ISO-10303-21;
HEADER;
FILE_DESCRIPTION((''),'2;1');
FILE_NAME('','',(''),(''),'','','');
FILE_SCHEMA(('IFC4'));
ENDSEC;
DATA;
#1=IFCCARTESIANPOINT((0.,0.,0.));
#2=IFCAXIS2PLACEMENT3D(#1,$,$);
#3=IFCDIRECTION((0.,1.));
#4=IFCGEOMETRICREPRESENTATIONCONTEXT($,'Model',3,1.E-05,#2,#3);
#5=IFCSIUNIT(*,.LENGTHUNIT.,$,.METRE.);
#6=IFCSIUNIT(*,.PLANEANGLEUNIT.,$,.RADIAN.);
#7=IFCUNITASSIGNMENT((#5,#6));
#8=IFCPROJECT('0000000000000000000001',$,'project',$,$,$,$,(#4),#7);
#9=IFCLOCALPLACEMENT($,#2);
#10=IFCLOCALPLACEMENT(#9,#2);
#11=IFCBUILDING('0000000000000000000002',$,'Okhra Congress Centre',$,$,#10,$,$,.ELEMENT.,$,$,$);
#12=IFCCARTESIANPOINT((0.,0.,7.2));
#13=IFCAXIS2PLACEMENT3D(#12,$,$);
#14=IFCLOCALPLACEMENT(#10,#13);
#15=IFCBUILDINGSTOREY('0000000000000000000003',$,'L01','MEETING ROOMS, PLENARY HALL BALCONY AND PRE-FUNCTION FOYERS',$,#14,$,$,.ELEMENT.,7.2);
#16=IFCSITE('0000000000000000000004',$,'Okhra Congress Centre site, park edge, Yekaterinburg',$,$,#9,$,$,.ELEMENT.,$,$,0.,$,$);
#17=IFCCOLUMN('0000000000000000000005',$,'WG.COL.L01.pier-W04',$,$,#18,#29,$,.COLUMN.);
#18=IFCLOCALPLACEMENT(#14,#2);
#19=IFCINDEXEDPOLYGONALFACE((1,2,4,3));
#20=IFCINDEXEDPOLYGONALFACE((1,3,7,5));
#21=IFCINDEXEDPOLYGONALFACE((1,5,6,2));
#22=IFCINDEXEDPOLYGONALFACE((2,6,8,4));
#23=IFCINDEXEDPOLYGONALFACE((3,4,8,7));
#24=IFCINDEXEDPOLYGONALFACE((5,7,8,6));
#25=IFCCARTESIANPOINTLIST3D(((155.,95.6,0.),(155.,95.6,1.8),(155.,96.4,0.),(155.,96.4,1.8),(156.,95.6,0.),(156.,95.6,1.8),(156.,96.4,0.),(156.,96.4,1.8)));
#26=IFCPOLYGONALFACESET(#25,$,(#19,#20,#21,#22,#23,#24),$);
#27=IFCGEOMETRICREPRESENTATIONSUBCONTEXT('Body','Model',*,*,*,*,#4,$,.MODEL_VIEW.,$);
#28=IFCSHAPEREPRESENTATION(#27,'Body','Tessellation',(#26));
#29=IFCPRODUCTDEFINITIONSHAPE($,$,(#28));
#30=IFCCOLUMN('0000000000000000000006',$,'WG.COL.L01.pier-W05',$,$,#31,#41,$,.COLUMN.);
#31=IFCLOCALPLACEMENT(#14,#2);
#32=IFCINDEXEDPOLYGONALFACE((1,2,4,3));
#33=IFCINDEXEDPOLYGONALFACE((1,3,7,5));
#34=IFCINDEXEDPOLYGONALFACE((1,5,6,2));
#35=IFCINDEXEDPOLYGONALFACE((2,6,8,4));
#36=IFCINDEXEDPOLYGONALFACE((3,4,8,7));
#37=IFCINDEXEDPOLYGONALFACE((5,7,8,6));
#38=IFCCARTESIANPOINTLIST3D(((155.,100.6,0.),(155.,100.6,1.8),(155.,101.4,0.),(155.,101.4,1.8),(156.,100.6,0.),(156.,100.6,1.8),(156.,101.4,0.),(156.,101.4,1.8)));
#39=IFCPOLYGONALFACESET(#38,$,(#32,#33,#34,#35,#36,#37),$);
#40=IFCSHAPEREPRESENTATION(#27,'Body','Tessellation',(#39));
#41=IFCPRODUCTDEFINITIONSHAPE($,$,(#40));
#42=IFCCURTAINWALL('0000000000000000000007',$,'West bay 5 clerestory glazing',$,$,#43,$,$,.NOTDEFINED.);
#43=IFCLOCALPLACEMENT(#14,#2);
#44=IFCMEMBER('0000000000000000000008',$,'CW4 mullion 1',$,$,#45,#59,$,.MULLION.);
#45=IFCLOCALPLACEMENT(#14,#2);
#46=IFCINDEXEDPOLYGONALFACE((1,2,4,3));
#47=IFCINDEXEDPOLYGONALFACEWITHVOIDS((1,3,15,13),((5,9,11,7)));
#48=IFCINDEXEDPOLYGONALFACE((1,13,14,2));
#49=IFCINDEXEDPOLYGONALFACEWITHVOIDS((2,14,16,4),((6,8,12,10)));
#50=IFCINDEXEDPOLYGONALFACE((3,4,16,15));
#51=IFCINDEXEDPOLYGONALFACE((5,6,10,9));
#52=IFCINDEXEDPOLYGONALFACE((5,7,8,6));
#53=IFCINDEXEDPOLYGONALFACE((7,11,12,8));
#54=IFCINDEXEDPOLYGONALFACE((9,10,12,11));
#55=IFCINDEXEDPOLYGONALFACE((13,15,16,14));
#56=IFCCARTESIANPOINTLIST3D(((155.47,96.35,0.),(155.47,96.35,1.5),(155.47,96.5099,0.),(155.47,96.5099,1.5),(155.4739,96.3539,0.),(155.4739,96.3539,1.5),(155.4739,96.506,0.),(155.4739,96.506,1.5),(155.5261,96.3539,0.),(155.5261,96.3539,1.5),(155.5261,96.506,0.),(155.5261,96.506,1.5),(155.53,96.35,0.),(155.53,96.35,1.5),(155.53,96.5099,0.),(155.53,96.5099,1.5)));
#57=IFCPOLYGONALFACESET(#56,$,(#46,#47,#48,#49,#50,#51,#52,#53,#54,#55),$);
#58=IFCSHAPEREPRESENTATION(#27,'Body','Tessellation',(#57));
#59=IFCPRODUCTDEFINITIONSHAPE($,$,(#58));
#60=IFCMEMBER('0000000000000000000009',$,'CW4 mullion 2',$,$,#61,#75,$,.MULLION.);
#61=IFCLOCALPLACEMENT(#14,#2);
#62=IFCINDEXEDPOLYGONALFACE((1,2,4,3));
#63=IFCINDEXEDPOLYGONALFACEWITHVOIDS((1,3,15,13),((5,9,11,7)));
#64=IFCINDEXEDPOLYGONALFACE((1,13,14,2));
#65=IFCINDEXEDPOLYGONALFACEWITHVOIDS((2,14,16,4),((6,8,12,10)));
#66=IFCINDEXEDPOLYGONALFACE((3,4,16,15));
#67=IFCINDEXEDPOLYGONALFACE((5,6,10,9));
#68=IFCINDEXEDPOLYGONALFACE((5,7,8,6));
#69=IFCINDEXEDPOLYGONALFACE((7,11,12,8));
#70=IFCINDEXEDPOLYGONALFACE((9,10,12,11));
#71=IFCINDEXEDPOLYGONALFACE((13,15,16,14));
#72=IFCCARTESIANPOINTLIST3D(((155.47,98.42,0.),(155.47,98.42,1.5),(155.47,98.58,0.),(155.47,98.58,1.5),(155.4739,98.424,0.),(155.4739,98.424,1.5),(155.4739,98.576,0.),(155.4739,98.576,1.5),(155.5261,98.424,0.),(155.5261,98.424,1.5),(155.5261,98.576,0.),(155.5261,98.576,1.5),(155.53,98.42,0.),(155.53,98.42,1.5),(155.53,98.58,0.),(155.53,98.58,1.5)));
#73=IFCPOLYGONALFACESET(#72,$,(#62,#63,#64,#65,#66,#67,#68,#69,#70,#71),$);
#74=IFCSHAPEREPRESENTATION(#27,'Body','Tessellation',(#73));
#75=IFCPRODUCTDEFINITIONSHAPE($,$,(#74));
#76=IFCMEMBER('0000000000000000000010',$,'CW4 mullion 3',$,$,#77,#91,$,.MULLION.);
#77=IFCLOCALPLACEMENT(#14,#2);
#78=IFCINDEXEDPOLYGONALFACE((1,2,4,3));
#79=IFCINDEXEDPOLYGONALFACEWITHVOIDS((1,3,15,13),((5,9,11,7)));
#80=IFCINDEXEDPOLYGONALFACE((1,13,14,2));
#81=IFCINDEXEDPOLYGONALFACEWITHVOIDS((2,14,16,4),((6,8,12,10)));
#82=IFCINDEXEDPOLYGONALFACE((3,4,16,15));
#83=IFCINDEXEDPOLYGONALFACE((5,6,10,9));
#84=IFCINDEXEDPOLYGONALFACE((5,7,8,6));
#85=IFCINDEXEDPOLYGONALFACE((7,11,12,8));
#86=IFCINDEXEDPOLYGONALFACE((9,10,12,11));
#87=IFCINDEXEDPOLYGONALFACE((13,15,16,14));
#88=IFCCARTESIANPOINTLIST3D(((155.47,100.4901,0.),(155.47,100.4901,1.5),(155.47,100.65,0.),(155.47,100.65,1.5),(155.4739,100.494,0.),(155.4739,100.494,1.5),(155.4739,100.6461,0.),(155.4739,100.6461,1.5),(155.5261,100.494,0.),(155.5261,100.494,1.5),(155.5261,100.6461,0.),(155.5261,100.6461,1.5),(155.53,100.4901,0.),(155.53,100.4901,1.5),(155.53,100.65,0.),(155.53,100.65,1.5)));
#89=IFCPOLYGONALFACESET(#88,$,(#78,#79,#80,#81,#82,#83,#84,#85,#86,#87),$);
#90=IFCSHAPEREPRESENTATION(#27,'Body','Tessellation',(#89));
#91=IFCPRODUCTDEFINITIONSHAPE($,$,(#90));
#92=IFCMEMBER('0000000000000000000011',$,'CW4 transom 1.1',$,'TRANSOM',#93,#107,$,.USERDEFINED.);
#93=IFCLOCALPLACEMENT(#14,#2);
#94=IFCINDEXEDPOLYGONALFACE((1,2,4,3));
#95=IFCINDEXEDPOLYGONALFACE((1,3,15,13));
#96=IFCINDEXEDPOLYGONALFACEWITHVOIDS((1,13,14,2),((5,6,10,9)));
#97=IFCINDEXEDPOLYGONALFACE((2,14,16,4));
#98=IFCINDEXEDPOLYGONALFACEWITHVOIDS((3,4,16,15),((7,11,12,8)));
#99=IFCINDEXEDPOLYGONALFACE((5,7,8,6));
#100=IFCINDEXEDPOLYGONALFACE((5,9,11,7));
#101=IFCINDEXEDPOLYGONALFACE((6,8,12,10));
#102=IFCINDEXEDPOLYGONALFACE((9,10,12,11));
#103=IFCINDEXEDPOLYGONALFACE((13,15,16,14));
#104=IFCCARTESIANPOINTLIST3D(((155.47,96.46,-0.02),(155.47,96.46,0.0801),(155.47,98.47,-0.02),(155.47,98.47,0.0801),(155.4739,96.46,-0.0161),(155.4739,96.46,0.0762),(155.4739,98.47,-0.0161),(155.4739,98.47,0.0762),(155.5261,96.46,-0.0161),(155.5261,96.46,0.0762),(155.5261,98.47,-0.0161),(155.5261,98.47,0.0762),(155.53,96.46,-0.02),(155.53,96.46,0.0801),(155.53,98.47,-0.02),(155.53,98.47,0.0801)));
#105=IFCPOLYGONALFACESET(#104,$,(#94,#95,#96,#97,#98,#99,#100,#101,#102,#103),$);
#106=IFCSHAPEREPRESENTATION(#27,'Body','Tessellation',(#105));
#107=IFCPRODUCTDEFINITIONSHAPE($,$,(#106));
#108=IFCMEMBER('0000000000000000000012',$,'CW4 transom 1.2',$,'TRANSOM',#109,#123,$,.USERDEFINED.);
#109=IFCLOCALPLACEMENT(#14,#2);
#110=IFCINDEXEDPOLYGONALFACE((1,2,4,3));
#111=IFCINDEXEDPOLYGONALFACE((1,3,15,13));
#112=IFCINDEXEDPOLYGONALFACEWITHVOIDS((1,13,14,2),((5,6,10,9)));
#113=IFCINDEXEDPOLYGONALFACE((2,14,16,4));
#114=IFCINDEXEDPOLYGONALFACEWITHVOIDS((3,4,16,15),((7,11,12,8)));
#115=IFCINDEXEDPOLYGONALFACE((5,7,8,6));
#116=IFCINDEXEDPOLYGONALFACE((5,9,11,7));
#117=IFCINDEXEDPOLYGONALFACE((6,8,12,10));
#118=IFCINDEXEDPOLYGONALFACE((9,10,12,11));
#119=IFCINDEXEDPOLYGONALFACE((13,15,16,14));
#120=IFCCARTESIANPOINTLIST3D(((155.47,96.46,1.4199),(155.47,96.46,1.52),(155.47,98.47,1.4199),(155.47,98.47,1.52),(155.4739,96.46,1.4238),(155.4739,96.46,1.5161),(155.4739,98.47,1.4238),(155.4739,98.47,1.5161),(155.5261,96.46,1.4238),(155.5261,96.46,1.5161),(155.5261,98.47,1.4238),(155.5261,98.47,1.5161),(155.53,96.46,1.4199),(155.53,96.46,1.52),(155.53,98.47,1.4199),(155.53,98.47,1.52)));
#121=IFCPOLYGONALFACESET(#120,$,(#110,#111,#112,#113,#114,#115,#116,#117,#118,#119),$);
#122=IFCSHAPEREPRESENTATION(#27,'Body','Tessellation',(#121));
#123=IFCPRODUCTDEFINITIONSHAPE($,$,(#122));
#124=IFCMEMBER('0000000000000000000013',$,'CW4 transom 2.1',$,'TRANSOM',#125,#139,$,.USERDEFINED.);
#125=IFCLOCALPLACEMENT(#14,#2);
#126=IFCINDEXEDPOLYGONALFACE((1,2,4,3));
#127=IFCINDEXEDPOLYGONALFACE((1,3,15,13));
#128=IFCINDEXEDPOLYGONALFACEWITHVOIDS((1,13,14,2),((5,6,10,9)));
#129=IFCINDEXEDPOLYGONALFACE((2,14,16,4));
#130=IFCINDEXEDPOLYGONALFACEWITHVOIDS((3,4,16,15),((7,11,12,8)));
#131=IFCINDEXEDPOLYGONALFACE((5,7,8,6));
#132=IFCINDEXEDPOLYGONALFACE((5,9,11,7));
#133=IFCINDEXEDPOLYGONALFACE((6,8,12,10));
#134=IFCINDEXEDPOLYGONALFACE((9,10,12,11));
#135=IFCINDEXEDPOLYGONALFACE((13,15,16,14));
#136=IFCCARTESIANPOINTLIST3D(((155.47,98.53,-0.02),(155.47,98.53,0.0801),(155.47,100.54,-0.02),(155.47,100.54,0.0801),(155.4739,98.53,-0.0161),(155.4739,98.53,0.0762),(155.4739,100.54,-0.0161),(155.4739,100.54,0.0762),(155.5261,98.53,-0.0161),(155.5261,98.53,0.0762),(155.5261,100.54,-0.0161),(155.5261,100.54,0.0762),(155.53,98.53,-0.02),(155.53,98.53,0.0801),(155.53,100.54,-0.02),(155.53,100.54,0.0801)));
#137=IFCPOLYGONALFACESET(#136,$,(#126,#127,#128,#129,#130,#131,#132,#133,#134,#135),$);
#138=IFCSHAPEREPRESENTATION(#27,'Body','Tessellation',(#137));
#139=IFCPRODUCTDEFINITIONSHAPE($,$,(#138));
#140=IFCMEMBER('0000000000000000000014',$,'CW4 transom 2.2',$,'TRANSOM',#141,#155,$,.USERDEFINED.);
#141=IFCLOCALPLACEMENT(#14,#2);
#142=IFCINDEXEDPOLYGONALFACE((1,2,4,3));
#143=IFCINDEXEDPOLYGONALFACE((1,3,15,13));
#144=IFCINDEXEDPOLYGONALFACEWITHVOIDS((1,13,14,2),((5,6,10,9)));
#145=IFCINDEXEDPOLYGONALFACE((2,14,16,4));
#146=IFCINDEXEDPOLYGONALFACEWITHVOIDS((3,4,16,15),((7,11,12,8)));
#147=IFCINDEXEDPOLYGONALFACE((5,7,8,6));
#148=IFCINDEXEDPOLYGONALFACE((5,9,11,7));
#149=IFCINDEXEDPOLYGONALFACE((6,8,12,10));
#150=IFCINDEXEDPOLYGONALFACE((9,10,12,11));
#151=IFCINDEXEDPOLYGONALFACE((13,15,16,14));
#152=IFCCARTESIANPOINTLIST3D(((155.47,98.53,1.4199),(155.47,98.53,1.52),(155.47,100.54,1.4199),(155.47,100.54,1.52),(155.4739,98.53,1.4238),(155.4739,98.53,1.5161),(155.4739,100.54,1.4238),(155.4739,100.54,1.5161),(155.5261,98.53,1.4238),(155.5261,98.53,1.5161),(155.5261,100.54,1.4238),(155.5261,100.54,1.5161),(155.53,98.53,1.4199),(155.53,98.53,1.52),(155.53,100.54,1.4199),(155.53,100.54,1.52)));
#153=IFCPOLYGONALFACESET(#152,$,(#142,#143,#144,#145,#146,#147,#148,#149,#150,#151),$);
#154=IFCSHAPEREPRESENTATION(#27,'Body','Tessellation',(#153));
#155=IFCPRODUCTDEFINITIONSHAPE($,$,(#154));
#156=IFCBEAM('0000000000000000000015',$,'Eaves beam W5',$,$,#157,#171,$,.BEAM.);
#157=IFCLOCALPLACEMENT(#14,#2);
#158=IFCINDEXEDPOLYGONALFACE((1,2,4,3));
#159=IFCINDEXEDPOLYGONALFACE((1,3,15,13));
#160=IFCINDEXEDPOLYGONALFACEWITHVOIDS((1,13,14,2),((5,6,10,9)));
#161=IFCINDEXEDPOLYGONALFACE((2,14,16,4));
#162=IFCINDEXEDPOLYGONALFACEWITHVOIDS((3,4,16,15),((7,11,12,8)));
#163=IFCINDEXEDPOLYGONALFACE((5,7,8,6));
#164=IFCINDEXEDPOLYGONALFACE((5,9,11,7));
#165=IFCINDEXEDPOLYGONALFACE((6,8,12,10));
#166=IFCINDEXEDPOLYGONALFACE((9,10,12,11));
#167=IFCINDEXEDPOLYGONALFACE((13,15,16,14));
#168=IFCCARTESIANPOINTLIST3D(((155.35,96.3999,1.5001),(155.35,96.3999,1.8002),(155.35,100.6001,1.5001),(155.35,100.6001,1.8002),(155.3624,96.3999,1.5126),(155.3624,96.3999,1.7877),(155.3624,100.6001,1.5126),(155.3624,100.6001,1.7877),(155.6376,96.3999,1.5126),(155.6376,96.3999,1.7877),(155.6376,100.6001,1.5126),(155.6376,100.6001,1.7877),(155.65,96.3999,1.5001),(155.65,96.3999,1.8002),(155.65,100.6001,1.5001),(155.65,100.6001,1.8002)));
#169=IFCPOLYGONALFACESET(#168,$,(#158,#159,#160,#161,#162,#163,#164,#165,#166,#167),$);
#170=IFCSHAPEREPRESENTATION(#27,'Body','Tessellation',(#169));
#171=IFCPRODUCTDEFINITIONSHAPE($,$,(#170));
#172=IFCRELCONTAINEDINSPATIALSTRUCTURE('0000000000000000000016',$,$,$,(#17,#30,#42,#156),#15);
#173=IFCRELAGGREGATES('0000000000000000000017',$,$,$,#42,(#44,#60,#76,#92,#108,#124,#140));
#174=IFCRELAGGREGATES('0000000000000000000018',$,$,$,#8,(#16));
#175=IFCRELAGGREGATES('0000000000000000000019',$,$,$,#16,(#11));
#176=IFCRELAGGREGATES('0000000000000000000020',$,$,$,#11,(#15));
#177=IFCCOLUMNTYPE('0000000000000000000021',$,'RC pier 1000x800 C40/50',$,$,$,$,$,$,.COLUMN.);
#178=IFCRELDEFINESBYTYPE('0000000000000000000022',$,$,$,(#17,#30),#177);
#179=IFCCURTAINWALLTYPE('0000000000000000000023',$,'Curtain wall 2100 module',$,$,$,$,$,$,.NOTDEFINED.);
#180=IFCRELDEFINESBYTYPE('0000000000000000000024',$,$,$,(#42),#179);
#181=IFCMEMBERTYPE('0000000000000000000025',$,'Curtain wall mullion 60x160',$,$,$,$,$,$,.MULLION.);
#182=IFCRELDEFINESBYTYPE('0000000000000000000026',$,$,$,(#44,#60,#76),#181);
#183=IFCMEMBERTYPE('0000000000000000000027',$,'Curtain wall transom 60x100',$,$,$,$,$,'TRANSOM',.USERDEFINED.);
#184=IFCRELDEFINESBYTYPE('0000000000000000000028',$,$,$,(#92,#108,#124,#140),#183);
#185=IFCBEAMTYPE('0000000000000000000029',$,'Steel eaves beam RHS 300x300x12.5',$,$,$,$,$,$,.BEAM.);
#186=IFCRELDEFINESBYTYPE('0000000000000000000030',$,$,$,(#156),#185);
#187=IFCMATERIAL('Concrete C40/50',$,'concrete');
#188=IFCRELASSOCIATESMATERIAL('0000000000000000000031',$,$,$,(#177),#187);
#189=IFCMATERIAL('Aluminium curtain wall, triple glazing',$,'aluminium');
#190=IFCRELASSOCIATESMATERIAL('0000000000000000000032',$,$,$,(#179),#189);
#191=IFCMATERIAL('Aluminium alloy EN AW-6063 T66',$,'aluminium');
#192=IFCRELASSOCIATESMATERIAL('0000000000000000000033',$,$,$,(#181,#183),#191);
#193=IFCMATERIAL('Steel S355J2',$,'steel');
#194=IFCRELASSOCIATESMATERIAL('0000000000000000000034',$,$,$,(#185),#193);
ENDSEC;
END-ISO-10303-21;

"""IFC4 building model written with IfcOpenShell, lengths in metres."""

from ifc_helpers import new_model, si_unit, direction, frame, origin, origin_2d, place, context, subcontext, project, spatial, rectangle, hollow_rectangle, extrude, material, material_profile, profile_set, type_object, element, aggregate, save


model = new_model("IFC4")

# Units and contexts
model_context = context("Model", 3, precision=1e-05, world=origin(), true_north=direction((0.0, 1.0)))
body_context = subcontext(model_context, "Body", "Model", "MODEL_VIEW")
ifc_project = project(units=[si_unit("LENGTHUNIT", "METRE"), si_unit("PLANEANGLEUNIT", "RADIAN")], contexts=[model_context])

# Site, building, storey
site_placement = place(None, origin())
site = spatial("IfcSite", under=ifc_project, at=site_placement, Name="Okhra Congress Centre site, park edge, Yekaterinburg", CompositionType="ELEMENT", RefElevation=0.0)
building_placement = place(site_placement, origin())
building = spatial("IfcBuilding", under=site, at=building_placement, Name="Okhra Congress Centre", CompositionType="ELEMENT")
storey_placement = place(building_placement, frame((0.0, 0.0, 7.2)))
storey = spatial("IfcBuildingStorey", under=building, at=storey_placement, Name="L01", Description="MEETING ROOMS, PLENARY HALL BALCONY AND PRE-FUNCTION FOYERS", CompositionType="ELEMENT", Elevation=7.2)

# Columns
ifc_material_1 = material(Name="Concrete C40/50", Category="concrete")
ifc_material_profile_1 = material_profile(ifc_material_1, rectangle(XDim=1.0, YDim=0.8, at=origin_2d()), Name="RC 1000x800")
ifc_profile_set_1 = profile_set([ifc_material_profile_1], Name="Concrete C40/50")
column_type = type_object("IfcColumnType", Name="RC pier 1000x800 C40/50", PredefinedType="COLUMN", material=ifc_profile_set_1)
for number, where, z_axis, x_axis, name in (
    (1, (155.5, 96.0, 0.0), (0.0, 0.0, 1.0), (1.0, 0.0, 0.0), "WG.COL.L01.pier-W04"),
    (2, (155.5, 101.0, 0.0), (0.0, 0.0, 1.0), (1.0, 0.0, 0.0), "WG.COL.L01.pier-W05"),
):
    element("IfcColumn", number, at=place(storey_placement, frame(where, z_axis=z_axis, x_axis=x_axis)), inside=storey, type_object=column_type, Name=name, PredefinedType="COLUMN", context=body_context, shape_type="SweptSolid", body=[
        extrude(rectangle(XDim=1.0, YDim=0.8, at=origin_2d()), origin(), (0.0, 0.0, 1.0), 1.8),
    ])

# Curtain wall, members
ifc_material_2 = material(Name="Aluminium curtain wall, triple glazing", Category="aluminium")
curtain_wall_type = type_object("IfcCurtainWallType", Name="Curtain wall 2100 module", PredefinedType="NOTDEFINED", material=ifc_material_2)
curtain_wall_placement = place(storey_placement, origin())
curtain_wall = element("IfcCurtainWall", 3, at=curtain_wall_placement, inside=storey, type_object=curtain_wall_type, Name="West bay 5 clerestory glazing", PredefinedType="NOTDEFINED")
ifc_material_3 = material(Name="Aluminium alloy EN AW-6063 T66", Category="aluminium")
ifc_material_profile_2 = material_profile(ifc_material_3, hollow_rectangle(XDim=0.0601, YDim=0.1599, WallThickness=0.0039, at=origin_2d()), Name="RHS 60x160x4")
ifc_profile_set_2 = profile_set([ifc_material_profile_2], Name="Aluminium alloy EN AW-6063 T66")
member_type_1 = type_object("IfcMemberType", Name="Curtain wall mullion 60x160", PredefinedType="MULLION", material=ifc_profile_set_2)
member_1_placement = place(storey_placement, frame((155.5, 96.4299, 0.0), z_axis=(0.0, 0.0, 1.0), x_axis=(-1.0, 0.0, 0.0)))
member_1 = element("IfcMember", 4, at=member_1_placement, type_object=member_type_1, Name="CW4 mullion 1", PredefinedType="MULLION", context=body_context, shape_type="SweptSolid", body=[
    extrude(hollow_rectangle(XDim=0.0601, YDim=0.1599, WallThickness=0.0039, at=origin_2d()), origin(), (0.0, 0.0, 1.0), 1.5),
])
member_2_placement = place(storey_placement, frame((155.5, 98.5, 0.0), z_axis=(0.0, 0.0, 1.0), x_axis=(-1.0, 0.0, 0.0)))
member_2 = element("IfcMember", 5, at=member_2_placement, type_object=member_type_1, Name="CW4 mullion 2", PredefinedType="MULLION", context=body_context, shape_type="SweptSolid", body=[
    extrude(hollow_rectangle(XDim=0.0601, YDim=0.1599, WallThickness=0.0039, at=origin_2d()), origin(), (0.0, 0.0, 1.0), 1.5),
])
member_3_placement = place(storey_placement, frame((155.5, 100.5701, 0.0), z_axis=(0.0, 0.0, 1.0), x_axis=(-1.0, 0.0, 0.0)))
member_3 = element("IfcMember", 6, at=member_3_placement, type_object=member_type_1, Name="CW4 mullion 3", PredefinedType="MULLION", context=body_context, shape_type="SweptSolid", body=[
    extrude(hollow_rectangle(XDim=0.0601, YDim=0.1599, WallThickness=0.0039, at=origin_2d()), origin(), (0.0, 0.0, 1.0), 1.5),
])
ifc_material_profile_3 = material_profile(ifc_material_3, hollow_rectangle(XDim=0.0601, YDim=0.1001, WallThickness=0.0039, at=origin_2d()), Name="RHS 60x100x4")
ifc_profile_set_3 = profile_set([ifc_material_profile_3], Name="Aluminium alloy EN AW-6063 T66")
member_type_2 = type_object("IfcMemberType", Name="Curtain wall transom 60x100", ElementType="TRANSOM", PredefinedType="USERDEFINED", material=ifc_profile_set_3)
member_4_placement = place(storey_placement, frame((155.5, 96.46, 0.03), z_axis=(0.0, 1.0, 0.0), x_axis=(-1.0, 0.0, 0.0)))
member_4 = element("IfcMember", 7, at=member_4_placement, type_object=member_type_2, Name="CW4 transom 1.1", ObjectType="TRANSOM", PredefinedType="USERDEFINED", context=body_context, shape_type="SweptSolid", body=[
    extrude(hollow_rectangle(XDim=0.0601, YDim=0.1001, WallThickness=0.0039, at=origin_2d()), origin(), (0.0, 0.0, 1.0), 2.01),
])
member_5_placement = place(storey_placement, frame((155.5, 96.46, 1.47), z_axis=(0.0, 1.0, 0.0), x_axis=(-1.0, 0.0, 0.0)))
member_5 = element("IfcMember", 8, at=member_5_placement, type_object=member_type_2, Name="CW4 transom 1.2", ObjectType="TRANSOM", PredefinedType="USERDEFINED", context=body_context, shape_type="SweptSolid", body=[
    extrude(hollow_rectangle(XDim=0.0601, YDim=0.1001, WallThickness=0.0039, at=origin_2d()), origin(), (0.0, 0.0, 1.0), 2.01),
])
member_6_placement = place(storey_placement, frame((155.5, 98.53, 0.03), z_axis=(0.0, 1.0, 0.0), x_axis=(-1.0, 0.0, 0.0)))
member_6 = element("IfcMember", 9, at=member_6_placement, type_object=member_type_2, Name="CW4 transom 2.1", ObjectType="TRANSOM", PredefinedType="USERDEFINED", context=body_context, shape_type="SweptSolid", body=[
    extrude(hollow_rectangle(XDim=0.0601, YDim=0.1001, WallThickness=0.0039, at=origin_2d()), origin(), (0.0, 0.0, 1.0), 2.01),
])
member_7_placement = place(storey_placement, frame((155.5, 98.53, 1.47), z_axis=(0.0, 1.0, 0.0), x_axis=(-1.0, 0.0, 0.0)))
member_7 = element("IfcMember", 10, at=member_7_placement, type_object=member_type_2, Name="CW4 transom 2.2", ObjectType="TRANSOM", PredefinedType="USERDEFINED", context=body_context, shape_type="SweptSolid", body=[
    extrude(hollow_rectangle(XDim=0.0601, YDim=0.1001, WallThickness=0.0039, at=origin_2d()), origin(), (0.0, 0.0, 1.0), 2.01),
])

# Beam
ifc_material_4 = material(Name="Steel S355J2", Category="steel")
ifc_material_profile_4 = material_profile(ifc_material_4, hollow_rectangle(XDim=0.3, YDim=0.3, WallThickness=0.0125, at=origin_2d()), Name="RHS 300x300x12.5")
ifc_profile_set_4 = profile_set([ifc_material_profile_4], Name="Steel S355J2")
beam_type = type_object("IfcBeamType", Name="Steel eaves beam RHS 300x300x12.5", PredefinedType="BEAM", material=ifc_profile_set_4)
beam_placement = place(storey_placement, frame((155.5, 96.3999, 1.6501), z_axis=(0.0, 1.0, 0.0), x_axis=(-1.0, 0.0, 0.0)))
element("IfcBeam", 11, at=beam_placement, inside=storey, type_object=beam_type, Name="Eaves beam W5", PredefinedType="BEAM", context=body_context, shape_type="SweptSolid", body=[
    extrude(hollow_rectangle(XDim=0.3, YDim=0.3, WallThickness=0.0125, at=origin_2d()), origin(), (0.0, 0.0, 1.0), 4.2002),
])

aggregate(curtain_wall, [member_1, member_2, member_3, member_4, member_5, member_6, member_7])

save(model, "model.ifc")
